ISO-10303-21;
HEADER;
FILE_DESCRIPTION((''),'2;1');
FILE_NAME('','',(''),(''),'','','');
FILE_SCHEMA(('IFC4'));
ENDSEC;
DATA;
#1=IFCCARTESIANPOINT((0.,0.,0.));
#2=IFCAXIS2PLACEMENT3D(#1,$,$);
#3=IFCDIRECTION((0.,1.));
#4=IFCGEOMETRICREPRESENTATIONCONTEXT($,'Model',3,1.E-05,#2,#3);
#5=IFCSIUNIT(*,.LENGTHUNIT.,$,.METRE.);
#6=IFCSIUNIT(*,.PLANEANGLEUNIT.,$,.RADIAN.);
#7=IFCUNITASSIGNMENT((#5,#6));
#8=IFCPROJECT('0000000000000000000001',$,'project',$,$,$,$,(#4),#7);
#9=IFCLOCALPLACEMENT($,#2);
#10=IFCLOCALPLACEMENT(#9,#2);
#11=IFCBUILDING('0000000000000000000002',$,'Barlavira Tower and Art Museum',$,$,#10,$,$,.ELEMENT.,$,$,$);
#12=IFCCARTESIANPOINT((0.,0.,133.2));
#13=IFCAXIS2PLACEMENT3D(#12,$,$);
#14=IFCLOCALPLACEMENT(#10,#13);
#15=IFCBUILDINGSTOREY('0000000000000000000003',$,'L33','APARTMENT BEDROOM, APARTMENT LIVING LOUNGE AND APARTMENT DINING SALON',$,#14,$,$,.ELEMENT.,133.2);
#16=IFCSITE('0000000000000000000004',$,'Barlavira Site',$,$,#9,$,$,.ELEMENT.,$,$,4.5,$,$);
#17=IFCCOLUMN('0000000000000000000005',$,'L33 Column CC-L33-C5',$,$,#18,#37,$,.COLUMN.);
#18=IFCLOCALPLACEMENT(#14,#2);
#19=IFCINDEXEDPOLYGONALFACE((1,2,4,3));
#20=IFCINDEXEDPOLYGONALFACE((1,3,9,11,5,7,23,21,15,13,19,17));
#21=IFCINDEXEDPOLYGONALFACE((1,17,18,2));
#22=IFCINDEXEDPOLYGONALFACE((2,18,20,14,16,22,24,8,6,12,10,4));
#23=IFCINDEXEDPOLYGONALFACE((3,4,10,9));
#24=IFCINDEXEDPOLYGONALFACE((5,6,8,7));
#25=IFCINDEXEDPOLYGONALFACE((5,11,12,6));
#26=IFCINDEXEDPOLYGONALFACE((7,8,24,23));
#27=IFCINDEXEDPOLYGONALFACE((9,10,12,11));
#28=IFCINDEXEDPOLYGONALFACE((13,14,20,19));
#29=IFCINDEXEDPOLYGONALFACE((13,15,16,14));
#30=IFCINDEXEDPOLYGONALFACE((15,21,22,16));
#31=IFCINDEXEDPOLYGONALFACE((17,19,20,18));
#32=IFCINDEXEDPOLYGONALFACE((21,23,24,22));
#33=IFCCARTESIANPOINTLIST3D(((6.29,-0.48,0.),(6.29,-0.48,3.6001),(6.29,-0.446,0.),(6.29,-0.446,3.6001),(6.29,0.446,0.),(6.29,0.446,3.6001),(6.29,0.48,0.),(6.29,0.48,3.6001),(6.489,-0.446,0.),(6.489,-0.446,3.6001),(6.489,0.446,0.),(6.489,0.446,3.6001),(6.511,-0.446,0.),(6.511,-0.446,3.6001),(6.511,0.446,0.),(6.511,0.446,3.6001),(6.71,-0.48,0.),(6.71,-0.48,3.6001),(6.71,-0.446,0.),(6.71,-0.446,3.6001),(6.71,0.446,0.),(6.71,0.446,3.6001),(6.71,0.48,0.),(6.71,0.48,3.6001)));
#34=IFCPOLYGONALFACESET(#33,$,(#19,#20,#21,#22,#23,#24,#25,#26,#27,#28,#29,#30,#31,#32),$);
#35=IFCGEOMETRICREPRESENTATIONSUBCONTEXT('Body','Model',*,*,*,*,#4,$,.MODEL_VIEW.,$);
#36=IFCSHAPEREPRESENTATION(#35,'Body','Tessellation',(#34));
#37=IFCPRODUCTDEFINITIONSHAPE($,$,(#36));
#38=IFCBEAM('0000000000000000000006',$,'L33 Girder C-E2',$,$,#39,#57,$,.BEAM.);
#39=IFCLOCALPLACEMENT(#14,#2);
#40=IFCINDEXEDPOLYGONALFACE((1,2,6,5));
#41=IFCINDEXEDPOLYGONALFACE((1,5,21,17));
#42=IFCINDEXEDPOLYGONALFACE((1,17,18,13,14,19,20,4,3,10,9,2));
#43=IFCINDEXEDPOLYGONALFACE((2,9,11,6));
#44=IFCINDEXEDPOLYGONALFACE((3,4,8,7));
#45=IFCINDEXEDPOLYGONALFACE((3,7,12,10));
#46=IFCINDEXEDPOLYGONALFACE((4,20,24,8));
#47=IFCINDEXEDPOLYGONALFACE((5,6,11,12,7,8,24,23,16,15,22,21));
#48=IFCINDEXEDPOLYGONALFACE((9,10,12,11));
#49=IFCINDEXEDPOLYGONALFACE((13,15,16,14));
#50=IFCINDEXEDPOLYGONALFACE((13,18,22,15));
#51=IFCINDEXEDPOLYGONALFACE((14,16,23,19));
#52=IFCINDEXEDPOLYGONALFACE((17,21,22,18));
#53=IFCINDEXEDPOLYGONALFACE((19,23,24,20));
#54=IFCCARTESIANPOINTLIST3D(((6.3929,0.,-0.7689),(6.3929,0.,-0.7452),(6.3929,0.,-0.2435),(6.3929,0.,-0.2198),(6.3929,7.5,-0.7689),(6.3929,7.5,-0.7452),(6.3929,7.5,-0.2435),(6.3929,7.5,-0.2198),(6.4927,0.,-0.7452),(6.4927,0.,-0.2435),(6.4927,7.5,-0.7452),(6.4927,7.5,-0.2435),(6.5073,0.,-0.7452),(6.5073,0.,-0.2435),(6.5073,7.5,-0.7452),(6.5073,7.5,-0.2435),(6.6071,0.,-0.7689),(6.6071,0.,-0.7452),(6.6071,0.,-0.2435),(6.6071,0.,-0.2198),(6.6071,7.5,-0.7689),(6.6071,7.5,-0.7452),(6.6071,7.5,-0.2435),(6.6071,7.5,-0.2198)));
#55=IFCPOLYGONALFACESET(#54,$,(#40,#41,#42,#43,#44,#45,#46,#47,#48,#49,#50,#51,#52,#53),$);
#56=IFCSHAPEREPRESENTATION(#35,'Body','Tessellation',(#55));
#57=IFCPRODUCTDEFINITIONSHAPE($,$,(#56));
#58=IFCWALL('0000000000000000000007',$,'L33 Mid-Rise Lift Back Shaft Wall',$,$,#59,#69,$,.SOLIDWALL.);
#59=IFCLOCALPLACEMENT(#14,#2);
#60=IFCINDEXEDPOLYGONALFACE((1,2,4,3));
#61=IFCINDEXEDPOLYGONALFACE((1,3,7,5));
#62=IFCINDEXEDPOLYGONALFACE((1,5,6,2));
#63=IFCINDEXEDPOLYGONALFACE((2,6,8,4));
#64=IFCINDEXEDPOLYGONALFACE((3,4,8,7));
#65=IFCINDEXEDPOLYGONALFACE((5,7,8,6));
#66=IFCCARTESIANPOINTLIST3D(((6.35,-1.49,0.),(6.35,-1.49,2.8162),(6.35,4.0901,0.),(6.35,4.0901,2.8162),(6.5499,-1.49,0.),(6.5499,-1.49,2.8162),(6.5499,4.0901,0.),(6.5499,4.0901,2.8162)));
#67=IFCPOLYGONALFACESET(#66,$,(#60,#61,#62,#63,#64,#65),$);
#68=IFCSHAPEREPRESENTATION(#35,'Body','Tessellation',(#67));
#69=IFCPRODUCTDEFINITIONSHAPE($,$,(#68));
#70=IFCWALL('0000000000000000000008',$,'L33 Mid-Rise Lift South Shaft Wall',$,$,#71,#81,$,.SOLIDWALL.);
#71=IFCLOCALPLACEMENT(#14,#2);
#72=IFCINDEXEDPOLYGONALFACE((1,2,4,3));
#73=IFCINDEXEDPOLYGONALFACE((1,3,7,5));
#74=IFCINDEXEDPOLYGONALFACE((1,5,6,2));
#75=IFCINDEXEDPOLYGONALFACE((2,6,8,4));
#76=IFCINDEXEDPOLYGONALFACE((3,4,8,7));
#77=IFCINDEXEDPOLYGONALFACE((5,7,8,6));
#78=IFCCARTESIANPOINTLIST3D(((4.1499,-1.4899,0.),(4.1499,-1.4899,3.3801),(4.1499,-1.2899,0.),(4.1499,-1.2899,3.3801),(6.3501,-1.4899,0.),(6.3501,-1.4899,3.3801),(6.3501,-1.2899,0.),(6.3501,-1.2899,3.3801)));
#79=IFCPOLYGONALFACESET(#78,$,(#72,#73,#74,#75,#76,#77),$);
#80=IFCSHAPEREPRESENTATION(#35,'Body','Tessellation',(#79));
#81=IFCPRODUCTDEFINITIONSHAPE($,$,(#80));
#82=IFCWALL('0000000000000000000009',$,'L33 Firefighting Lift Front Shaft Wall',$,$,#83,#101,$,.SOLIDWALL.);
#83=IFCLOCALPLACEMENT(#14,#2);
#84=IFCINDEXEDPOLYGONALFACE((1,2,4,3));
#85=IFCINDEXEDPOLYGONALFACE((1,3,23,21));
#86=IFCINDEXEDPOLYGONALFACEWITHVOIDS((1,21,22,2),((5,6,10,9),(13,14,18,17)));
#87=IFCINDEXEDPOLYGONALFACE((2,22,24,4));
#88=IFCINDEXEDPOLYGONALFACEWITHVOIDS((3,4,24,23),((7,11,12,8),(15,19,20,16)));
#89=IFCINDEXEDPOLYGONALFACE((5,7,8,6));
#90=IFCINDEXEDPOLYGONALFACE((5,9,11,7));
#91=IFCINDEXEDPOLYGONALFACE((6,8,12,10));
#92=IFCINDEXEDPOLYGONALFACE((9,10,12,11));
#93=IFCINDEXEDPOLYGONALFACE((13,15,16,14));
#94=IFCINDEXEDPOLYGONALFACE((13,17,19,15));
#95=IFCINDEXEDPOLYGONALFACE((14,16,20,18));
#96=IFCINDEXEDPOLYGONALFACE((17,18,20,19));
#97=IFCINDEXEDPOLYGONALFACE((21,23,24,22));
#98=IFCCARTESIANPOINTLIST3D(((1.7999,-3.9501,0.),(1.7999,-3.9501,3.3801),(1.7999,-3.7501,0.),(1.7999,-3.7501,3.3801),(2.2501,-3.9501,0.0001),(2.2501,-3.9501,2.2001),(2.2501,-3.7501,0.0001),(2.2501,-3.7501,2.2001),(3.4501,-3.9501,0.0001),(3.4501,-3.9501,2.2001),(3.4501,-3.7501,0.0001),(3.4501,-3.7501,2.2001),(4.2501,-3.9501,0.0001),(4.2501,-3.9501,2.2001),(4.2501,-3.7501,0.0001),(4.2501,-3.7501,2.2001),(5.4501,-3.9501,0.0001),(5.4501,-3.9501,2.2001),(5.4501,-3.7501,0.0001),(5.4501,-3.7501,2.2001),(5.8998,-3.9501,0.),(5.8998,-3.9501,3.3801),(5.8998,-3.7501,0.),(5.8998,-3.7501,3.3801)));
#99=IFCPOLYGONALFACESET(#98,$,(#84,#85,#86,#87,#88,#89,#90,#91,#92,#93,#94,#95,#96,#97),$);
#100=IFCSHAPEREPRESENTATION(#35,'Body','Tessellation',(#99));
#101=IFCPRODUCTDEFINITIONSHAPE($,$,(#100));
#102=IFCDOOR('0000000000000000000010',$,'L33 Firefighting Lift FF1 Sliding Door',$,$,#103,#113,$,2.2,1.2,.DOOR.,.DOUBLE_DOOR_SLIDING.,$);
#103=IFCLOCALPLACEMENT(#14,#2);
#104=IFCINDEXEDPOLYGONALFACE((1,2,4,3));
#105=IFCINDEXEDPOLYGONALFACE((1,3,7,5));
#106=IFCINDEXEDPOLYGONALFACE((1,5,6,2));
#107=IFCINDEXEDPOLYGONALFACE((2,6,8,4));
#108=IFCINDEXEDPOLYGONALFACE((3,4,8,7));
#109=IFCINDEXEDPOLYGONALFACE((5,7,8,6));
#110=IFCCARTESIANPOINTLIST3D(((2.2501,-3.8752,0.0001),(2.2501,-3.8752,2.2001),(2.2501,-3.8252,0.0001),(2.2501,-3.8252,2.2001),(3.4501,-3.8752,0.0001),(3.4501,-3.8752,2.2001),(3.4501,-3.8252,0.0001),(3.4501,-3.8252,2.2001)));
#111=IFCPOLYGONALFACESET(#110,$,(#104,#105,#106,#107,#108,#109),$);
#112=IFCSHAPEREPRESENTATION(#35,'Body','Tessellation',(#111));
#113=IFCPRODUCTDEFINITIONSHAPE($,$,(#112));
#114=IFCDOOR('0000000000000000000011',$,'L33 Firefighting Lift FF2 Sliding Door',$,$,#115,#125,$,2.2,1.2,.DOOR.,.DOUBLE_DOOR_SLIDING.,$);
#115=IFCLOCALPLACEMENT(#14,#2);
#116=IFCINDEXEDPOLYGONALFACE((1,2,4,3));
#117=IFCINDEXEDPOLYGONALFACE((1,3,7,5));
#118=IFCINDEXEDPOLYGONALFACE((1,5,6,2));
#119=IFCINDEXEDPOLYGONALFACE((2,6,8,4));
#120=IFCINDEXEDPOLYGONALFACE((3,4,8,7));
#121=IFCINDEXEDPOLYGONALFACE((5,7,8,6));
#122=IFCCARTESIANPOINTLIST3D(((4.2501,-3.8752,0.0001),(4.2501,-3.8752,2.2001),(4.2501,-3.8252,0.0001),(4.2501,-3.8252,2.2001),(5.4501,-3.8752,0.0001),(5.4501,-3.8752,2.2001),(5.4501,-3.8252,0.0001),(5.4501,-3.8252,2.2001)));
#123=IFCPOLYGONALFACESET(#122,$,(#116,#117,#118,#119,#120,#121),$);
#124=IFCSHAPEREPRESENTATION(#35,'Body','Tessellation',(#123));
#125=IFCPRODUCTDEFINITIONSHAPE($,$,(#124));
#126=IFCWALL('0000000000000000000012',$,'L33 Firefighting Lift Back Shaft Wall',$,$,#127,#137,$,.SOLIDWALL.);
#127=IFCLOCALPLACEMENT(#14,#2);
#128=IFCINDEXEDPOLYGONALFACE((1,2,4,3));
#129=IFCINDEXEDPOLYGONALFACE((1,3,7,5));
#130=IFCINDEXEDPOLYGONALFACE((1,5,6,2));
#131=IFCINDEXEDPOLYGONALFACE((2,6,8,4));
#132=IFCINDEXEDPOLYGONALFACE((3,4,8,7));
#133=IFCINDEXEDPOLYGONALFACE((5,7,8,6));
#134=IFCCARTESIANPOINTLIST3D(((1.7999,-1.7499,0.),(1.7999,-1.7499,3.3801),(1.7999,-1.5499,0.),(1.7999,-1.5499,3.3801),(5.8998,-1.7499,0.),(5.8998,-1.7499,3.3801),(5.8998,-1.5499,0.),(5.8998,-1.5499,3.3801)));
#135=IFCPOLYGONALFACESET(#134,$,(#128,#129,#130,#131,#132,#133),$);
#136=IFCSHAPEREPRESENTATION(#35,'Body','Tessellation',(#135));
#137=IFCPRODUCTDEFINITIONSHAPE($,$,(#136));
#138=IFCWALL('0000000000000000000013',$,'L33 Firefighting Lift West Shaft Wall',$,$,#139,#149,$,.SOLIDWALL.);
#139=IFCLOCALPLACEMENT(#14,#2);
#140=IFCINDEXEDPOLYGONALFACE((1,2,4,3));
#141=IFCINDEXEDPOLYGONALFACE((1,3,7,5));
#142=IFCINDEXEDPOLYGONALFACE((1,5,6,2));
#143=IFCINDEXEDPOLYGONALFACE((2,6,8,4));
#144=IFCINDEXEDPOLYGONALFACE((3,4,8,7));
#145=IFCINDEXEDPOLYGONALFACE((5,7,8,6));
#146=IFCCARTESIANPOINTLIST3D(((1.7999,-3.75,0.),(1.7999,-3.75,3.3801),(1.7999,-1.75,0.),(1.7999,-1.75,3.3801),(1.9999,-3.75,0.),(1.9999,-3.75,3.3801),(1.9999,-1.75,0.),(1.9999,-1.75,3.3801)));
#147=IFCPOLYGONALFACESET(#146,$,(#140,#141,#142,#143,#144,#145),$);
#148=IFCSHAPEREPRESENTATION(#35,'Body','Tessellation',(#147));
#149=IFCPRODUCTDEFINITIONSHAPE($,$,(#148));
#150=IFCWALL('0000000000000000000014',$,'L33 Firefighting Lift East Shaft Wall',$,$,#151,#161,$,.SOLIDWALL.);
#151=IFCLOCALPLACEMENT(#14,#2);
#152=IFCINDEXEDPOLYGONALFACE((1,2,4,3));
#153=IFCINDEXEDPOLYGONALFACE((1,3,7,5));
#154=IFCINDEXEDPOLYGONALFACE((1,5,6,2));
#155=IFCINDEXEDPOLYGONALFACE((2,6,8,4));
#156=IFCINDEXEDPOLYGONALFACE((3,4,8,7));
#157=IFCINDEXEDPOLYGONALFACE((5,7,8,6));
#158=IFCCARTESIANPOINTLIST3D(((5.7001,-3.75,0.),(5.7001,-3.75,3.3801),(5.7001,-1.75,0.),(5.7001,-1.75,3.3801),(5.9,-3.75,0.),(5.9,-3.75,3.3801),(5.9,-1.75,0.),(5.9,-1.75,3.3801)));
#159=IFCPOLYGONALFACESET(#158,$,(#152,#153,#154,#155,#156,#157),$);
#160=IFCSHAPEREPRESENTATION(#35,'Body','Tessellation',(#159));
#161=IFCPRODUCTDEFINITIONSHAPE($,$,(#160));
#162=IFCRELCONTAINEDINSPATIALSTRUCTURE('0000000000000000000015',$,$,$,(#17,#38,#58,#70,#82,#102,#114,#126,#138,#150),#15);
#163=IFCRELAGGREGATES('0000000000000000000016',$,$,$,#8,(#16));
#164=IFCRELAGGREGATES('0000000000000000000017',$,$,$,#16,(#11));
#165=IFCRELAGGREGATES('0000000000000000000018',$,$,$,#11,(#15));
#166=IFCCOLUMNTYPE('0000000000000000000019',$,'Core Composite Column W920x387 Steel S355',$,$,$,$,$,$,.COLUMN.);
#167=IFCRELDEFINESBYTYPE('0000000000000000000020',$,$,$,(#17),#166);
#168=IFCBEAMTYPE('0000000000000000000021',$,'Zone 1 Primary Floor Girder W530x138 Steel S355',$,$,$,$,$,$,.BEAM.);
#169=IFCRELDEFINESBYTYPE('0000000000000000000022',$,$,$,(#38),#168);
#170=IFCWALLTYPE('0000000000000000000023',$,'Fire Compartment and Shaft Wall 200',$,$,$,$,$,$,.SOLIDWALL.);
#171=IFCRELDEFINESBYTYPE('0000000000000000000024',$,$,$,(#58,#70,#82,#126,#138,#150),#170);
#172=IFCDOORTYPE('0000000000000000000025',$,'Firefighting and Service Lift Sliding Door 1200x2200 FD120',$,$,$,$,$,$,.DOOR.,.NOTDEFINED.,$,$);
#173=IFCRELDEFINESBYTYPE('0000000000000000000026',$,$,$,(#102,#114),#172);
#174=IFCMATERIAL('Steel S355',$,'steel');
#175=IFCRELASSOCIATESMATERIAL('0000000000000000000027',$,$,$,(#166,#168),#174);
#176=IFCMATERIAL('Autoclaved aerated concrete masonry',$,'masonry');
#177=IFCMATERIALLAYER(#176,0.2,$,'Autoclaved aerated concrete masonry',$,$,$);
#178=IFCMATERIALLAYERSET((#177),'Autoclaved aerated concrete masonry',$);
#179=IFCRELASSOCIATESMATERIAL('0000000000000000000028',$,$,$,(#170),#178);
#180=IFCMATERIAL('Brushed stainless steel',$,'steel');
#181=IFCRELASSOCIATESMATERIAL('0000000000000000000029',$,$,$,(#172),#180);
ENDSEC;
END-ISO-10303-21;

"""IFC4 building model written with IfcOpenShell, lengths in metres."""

from ifc_helpers import new_model, si_unit, direction, frame, frame_2d, origin, origin_2d, place, context, subcontext, project, spatial, rectangle, i_section, extrude, material, layer, layer_set, material_profile, profile_set, type_object, element, fill, save


model = new_model("IFC4")

# Units and contexts
model_context = context("Model", 3, precision=1e-05, world=origin(), true_north=direction((0.0, 1.0)))
body_context = subcontext(model_context, "Body", "Model", "MODEL_VIEW")
ifc_project = project(units=[si_unit("LENGTHUNIT", "METRE"), si_unit("PLANEANGLEUNIT", "RADIAN")], contexts=[model_context])

# Site, building, storey
site_placement = place(None, origin())
site = spatial("IfcSite", under=ifc_project, at=site_placement, Name="Barlavira Site", CompositionType="ELEMENT", RefElevation=4.5)
building_placement = place(site_placement, origin())
building = spatial("IfcBuilding", under=site, at=building_placement, Name="Barlavira Tower and Art Museum", CompositionType="ELEMENT")
storey_placement = place(building_placement, frame((0.0, 0.0, 133.2)))
storey = spatial("IfcBuildingStorey", under=building, at=storey_placement, Name="L33", Description="APARTMENT BEDROOM, APARTMENT LIVING LOUNGE AND APARTMENT DINING SALON", CompositionType="ELEMENT", Elevation=133.2)

# Column
ifc_material_1 = material(Name="Steel S355", Category="steel")
ifc_material_profile_1 = material_profile(ifc_material_1, i_section(OverallWidth=0.4199, OverallDepth=0.96, WebThickness=0.022, FlangeThickness=0.0339, at=origin_2d()), Name="W920x387.0")
ifc_profile_set_1 = profile_set([ifc_material_profile_1], Name="Steel S355")
column_type = type_object("IfcColumnType", Name="Core Composite Column W920x387 Steel S355", PredefinedType="COLUMN", material=ifc_profile_set_1)
column_placement = place(storey_placement, frame((6.5, 0.0, 0.0), z_axis=(0.0, 0.0, 1.0), x_axis=(1.0, 0.0, 0.0)))
element("IfcColumn", 1, at=column_placement, inside=storey, type_object=column_type, Name="L33 Column CC-L33-C5", PredefinedType="COLUMN", context=body_context, shape_type="SweptSolid", body=[
    extrude(i_section(OverallWidth=0.4199, OverallDepth=0.96, WebThickness=0.022, FlangeThickness=0.0339, at=origin_2d()), origin(), (0.0, 0.0, 1.0), 3.6001),
])

# Beam
ifc_material_profile_2 = material_profile(ifc_material_1, i_section(OverallWidth=0.2141, OverallDepth=0.5491, WebThickness=0.0146, FlangeThickness=0.0237, at=origin_2d()), Name="W530x138.0")
ifc_profile_set_2 = profile_set([ifc_material_profile_2], Name="Steel S355")
beam_type = type_object("IfcBeamType", Name="Zone 1 Primary Floor Girder W530x138 Steel S355", PredefinedType="BEAM", material=ifc_profile_set_2)
beam_placement = place(storey_placement, frame((6.5, 0.0, -0.4944), z_axis=(0.0, 1.0, 0.0), x_axis=(-1.0, 0.0, 0.0)))
element("IfcBeam", 2, at=beam_placement, inside=storey, type_object=beam_type, Name="L33 Girder C-E2", PredefinedType="BEAM", context=body_context, shape_type="SweptSolid", body=[
    extrude(i_section(OverallWidth=0.2141, OverallDepth=0.5491, WebThickness=0.0146, FlangeThickness=0.0237, at=origin_2d()), origin(), (0.0, 0.0, 1.0), 7.5),
])

# Shared definitions
ifc_material_2 = material(Name="Autoclaved aerated concrete masonry", Category="masonry")
ifc_layer = layer(ifc_material_2, 0.2, Name="Autoclaved aerated concrete masonry")
ifc_layer_set = layer_set([ifc_layer], Name="Autoclaved aerated concrete masonry")
wall_type = type_object("IfcWallType", Name="Fire Compartment and Shaft Wall 200", PredefinedType="SOLIDWALL", material=ifc_layer_set)
ifc_material_3 = material(Name="Brushed stainless steel", Category="steel")

# Walls
wall_1_placement = place(storey_placement, frame((6.45, -1.49, 0.0), z_axis=(0.0, 0.0, 1.0), x_axis=(0.0, 1.0, 0.0)))
element("IfcWall", 3, at=wall_1_placement, inside=storey, type_object=wall_type, Name="L33 Mid-Rise Lift Back Shaft Wall", PredefinedType="SOLIDWALL", context=body_context, shape_type="SweptSolid", body=[
    extrude(rectangle(XDim=5.5801, YDim=0.2, at=frame_2d((2.79, 0.0))), origin(), (0.0, 0.0, 1.0), 2.8162),
])
wall_2_placement = place(storey_placement, frame((4.1499, -1.3899, 0.0), z_axis=(0.0, 0.0, 1.0), x_axis=(1.0, 0.0, 0.0)))
element("IfcWall", 4, at=wall_2_placement, inside=storey, type_object=wall_type, Name="L33 Mid-Rise Lift South Shaft Wall", PredefinedType="SOLIDWALL", context=body_context, shape_type="SweptSolid", body=[
    extrude(rectangle(XDim=2.2002, YDim=0.2, at=frame_2d((1.1001, 0.0))), origin(), (0.0, 0.0, 1.0), 3.3801),
])

# Wall, openings, doors
wall_3_placement = place(storey_placement, frame((1.8, -3.8501, 0.0), z_axis=(0.0, 0.0, 1.0), x_axis=(1.0, 0.0, 0.0)))
wall_3 = element("IfcWall", 5, at=wall_3_placement, inside=storey, type_object=wall_type, Name="L33 Firefighting Lift Front Shaft Wall", PredefinedType="SOLIDWALL", context=body_context, shape_type="SweptSolid", body=[
    extrude(rectangle(XDim=4.0999, YDim=0.2, at=frame_2d((2.0498, 0.0))), origin(), (0.0, 0.0, 1.0), 3.3801),
])
opening_1_placement = place(wall_3_placement, frame((0.45, 0.0, 0.0)))
opening_1 = element("IfcOpeningElement", 6, at=opening_1_placement, cuts=wall_3, PredefinedType="OPENING", context=body_context, shape_type="SweptSolid", body=[
    extrude(rectangle(XDim=1.2, YDim=2.2, at=frame_2d((0.6001, 1.1001))), frame((0.0, 0.1099, 0.0), z_axis=(0.0, -1.0, 0.0), x_axis=(1.0, 0.0, 0.0)), (0.0, 0.0, 1.0), 0.22),
])
opening_2_placement = place(wall_3_placement, frame((2.45, 0.0, 0.0)))
opening_2 = element("IfcOpeningElement", 7, at=opening_2_placement, cuts=wall_3, PredefinedType="OPENING", context=body_context, shape_type="SweptSolid", body=[
    extrude(rectangle(XDim=1.2, YDim=2.2, at=frame_2d((0.6001, 1.1001))), frame((0.0, 0.1099, 0.0), z_axis=(0.0, -1.0, 0.0), x_axis=(1.0, 0.0, 0.0)), (0.0, 0.0, 1.0), 0.22),
])
door_type_1 = type_object("IfcDoorType", Name="Firefighting and Service Lift Sliding Door 1200x2200 FD120", OperationType="NOTDEFINED", PredefinedType="DOOR", material=ifc_material_3)
door_1_placement = place(opening_1_placement, origin())
door_1 = element("IfcDoor", 8, at=door_1_placement, inside=storey, type_object=door_type_1, Name="L33 Firefighting Lift FF1 Sliding Door", OperationType="DOUBLE_DOOR_SLIDING", OverallHeight=2.2, OverallWidth=1.2, PredefinedType="DOOR", context=body_context, shape_type="SweptSolid", body=[
    extrude(rectangle(XDim=1.2, YDim=2.2, at=frame_2d((0.6001, 1.1001))), frame((0.0, 0.0249, 0.0), z_axis=(0.0, -1.0, 0.0), x_axis=(1.0, 0.0, 0.0)), (0.0, 0.0, 1.0), 0.05),
])
fill(opening_1, door_1)
door_2_placement = place(opening_2_placement, origin())
door_2 = element("IfcDoor", 9, at=door_2_placement, inside=storey, type_object=door_type_1, Name="L33 Firefighting Lift FF2 Sliding Door", OperationType="DOUBLE_DOOR_SLIDING", OverallHeight=2.2, OverallWidth=1.2, PredefinedType="DOOR", context=body_context, shape_type="SweptSolid", body=[
    extrude(rectangle(XDim=1.2, YDim=2.2, at=frame_2d((0.6001, 1.1001))), frame((0.0, 0.0249, 0.0), z_axis=(0.0, -1.0, 0.0), x_axis=(1.0, 0.0, 0.0)), (0.0, 0.0, 1.0), 0.05),
])
fill(opening_2, door_2)

# Walls
wall_4_placement = place(storey_placement, frame((1.8, -1.6499, 0.0), z_axis=(0.0, 0.0, 1.0), x_axis=(1.0, 0.0, 0.0)))
element("IfcWall", 10, at=wall_4_placement, inside=storey, type_object=wall_type, Name="L33 Firefighting Lift Back Shaft Wall", PredefinedType="SOLIDWALL", context=body_context, shape_type="SweptSolid", body=[
    extrude(rectangle(XDim=4.0999, YDim=0.2, at=frame_2d((2.0498, 0.0))), origin(), (0.0, 0.0, 1.0), 3.3801),
])
for number, where, z_axis, x_axis, name in (
    (11, (1.8999, -3.75, 0.0), (0.0, 0.0, 1.0), (0.0, 1.0, 0.0), "L33 Firefighting Lift West Shaft Wall"),
    (12, (5.8, -3.75, 0.0), (0.0, 0.0, 1.0), (0.0, 1.0, 0.0), "L33 Firefighting Lift East Shaft Wall"),
):
    element("IfcWall", number, at=place(storey_placement, frame(where, z_axis=z_axis, x_axis=x_axis)), inside=storey, type_object=wall_type, Name=name, PredefinedType="SOLIDWALL", context=body_context, shape_type="SweptSolid", body=[
        extrude(rectangle(XDim=2.0, YDim=0.2, at=frame_2d((1.0, 0.0))), origin(), (0.0, 0.0, 1.0), 3.3801),
    ])

save(model, "model.ifc")
